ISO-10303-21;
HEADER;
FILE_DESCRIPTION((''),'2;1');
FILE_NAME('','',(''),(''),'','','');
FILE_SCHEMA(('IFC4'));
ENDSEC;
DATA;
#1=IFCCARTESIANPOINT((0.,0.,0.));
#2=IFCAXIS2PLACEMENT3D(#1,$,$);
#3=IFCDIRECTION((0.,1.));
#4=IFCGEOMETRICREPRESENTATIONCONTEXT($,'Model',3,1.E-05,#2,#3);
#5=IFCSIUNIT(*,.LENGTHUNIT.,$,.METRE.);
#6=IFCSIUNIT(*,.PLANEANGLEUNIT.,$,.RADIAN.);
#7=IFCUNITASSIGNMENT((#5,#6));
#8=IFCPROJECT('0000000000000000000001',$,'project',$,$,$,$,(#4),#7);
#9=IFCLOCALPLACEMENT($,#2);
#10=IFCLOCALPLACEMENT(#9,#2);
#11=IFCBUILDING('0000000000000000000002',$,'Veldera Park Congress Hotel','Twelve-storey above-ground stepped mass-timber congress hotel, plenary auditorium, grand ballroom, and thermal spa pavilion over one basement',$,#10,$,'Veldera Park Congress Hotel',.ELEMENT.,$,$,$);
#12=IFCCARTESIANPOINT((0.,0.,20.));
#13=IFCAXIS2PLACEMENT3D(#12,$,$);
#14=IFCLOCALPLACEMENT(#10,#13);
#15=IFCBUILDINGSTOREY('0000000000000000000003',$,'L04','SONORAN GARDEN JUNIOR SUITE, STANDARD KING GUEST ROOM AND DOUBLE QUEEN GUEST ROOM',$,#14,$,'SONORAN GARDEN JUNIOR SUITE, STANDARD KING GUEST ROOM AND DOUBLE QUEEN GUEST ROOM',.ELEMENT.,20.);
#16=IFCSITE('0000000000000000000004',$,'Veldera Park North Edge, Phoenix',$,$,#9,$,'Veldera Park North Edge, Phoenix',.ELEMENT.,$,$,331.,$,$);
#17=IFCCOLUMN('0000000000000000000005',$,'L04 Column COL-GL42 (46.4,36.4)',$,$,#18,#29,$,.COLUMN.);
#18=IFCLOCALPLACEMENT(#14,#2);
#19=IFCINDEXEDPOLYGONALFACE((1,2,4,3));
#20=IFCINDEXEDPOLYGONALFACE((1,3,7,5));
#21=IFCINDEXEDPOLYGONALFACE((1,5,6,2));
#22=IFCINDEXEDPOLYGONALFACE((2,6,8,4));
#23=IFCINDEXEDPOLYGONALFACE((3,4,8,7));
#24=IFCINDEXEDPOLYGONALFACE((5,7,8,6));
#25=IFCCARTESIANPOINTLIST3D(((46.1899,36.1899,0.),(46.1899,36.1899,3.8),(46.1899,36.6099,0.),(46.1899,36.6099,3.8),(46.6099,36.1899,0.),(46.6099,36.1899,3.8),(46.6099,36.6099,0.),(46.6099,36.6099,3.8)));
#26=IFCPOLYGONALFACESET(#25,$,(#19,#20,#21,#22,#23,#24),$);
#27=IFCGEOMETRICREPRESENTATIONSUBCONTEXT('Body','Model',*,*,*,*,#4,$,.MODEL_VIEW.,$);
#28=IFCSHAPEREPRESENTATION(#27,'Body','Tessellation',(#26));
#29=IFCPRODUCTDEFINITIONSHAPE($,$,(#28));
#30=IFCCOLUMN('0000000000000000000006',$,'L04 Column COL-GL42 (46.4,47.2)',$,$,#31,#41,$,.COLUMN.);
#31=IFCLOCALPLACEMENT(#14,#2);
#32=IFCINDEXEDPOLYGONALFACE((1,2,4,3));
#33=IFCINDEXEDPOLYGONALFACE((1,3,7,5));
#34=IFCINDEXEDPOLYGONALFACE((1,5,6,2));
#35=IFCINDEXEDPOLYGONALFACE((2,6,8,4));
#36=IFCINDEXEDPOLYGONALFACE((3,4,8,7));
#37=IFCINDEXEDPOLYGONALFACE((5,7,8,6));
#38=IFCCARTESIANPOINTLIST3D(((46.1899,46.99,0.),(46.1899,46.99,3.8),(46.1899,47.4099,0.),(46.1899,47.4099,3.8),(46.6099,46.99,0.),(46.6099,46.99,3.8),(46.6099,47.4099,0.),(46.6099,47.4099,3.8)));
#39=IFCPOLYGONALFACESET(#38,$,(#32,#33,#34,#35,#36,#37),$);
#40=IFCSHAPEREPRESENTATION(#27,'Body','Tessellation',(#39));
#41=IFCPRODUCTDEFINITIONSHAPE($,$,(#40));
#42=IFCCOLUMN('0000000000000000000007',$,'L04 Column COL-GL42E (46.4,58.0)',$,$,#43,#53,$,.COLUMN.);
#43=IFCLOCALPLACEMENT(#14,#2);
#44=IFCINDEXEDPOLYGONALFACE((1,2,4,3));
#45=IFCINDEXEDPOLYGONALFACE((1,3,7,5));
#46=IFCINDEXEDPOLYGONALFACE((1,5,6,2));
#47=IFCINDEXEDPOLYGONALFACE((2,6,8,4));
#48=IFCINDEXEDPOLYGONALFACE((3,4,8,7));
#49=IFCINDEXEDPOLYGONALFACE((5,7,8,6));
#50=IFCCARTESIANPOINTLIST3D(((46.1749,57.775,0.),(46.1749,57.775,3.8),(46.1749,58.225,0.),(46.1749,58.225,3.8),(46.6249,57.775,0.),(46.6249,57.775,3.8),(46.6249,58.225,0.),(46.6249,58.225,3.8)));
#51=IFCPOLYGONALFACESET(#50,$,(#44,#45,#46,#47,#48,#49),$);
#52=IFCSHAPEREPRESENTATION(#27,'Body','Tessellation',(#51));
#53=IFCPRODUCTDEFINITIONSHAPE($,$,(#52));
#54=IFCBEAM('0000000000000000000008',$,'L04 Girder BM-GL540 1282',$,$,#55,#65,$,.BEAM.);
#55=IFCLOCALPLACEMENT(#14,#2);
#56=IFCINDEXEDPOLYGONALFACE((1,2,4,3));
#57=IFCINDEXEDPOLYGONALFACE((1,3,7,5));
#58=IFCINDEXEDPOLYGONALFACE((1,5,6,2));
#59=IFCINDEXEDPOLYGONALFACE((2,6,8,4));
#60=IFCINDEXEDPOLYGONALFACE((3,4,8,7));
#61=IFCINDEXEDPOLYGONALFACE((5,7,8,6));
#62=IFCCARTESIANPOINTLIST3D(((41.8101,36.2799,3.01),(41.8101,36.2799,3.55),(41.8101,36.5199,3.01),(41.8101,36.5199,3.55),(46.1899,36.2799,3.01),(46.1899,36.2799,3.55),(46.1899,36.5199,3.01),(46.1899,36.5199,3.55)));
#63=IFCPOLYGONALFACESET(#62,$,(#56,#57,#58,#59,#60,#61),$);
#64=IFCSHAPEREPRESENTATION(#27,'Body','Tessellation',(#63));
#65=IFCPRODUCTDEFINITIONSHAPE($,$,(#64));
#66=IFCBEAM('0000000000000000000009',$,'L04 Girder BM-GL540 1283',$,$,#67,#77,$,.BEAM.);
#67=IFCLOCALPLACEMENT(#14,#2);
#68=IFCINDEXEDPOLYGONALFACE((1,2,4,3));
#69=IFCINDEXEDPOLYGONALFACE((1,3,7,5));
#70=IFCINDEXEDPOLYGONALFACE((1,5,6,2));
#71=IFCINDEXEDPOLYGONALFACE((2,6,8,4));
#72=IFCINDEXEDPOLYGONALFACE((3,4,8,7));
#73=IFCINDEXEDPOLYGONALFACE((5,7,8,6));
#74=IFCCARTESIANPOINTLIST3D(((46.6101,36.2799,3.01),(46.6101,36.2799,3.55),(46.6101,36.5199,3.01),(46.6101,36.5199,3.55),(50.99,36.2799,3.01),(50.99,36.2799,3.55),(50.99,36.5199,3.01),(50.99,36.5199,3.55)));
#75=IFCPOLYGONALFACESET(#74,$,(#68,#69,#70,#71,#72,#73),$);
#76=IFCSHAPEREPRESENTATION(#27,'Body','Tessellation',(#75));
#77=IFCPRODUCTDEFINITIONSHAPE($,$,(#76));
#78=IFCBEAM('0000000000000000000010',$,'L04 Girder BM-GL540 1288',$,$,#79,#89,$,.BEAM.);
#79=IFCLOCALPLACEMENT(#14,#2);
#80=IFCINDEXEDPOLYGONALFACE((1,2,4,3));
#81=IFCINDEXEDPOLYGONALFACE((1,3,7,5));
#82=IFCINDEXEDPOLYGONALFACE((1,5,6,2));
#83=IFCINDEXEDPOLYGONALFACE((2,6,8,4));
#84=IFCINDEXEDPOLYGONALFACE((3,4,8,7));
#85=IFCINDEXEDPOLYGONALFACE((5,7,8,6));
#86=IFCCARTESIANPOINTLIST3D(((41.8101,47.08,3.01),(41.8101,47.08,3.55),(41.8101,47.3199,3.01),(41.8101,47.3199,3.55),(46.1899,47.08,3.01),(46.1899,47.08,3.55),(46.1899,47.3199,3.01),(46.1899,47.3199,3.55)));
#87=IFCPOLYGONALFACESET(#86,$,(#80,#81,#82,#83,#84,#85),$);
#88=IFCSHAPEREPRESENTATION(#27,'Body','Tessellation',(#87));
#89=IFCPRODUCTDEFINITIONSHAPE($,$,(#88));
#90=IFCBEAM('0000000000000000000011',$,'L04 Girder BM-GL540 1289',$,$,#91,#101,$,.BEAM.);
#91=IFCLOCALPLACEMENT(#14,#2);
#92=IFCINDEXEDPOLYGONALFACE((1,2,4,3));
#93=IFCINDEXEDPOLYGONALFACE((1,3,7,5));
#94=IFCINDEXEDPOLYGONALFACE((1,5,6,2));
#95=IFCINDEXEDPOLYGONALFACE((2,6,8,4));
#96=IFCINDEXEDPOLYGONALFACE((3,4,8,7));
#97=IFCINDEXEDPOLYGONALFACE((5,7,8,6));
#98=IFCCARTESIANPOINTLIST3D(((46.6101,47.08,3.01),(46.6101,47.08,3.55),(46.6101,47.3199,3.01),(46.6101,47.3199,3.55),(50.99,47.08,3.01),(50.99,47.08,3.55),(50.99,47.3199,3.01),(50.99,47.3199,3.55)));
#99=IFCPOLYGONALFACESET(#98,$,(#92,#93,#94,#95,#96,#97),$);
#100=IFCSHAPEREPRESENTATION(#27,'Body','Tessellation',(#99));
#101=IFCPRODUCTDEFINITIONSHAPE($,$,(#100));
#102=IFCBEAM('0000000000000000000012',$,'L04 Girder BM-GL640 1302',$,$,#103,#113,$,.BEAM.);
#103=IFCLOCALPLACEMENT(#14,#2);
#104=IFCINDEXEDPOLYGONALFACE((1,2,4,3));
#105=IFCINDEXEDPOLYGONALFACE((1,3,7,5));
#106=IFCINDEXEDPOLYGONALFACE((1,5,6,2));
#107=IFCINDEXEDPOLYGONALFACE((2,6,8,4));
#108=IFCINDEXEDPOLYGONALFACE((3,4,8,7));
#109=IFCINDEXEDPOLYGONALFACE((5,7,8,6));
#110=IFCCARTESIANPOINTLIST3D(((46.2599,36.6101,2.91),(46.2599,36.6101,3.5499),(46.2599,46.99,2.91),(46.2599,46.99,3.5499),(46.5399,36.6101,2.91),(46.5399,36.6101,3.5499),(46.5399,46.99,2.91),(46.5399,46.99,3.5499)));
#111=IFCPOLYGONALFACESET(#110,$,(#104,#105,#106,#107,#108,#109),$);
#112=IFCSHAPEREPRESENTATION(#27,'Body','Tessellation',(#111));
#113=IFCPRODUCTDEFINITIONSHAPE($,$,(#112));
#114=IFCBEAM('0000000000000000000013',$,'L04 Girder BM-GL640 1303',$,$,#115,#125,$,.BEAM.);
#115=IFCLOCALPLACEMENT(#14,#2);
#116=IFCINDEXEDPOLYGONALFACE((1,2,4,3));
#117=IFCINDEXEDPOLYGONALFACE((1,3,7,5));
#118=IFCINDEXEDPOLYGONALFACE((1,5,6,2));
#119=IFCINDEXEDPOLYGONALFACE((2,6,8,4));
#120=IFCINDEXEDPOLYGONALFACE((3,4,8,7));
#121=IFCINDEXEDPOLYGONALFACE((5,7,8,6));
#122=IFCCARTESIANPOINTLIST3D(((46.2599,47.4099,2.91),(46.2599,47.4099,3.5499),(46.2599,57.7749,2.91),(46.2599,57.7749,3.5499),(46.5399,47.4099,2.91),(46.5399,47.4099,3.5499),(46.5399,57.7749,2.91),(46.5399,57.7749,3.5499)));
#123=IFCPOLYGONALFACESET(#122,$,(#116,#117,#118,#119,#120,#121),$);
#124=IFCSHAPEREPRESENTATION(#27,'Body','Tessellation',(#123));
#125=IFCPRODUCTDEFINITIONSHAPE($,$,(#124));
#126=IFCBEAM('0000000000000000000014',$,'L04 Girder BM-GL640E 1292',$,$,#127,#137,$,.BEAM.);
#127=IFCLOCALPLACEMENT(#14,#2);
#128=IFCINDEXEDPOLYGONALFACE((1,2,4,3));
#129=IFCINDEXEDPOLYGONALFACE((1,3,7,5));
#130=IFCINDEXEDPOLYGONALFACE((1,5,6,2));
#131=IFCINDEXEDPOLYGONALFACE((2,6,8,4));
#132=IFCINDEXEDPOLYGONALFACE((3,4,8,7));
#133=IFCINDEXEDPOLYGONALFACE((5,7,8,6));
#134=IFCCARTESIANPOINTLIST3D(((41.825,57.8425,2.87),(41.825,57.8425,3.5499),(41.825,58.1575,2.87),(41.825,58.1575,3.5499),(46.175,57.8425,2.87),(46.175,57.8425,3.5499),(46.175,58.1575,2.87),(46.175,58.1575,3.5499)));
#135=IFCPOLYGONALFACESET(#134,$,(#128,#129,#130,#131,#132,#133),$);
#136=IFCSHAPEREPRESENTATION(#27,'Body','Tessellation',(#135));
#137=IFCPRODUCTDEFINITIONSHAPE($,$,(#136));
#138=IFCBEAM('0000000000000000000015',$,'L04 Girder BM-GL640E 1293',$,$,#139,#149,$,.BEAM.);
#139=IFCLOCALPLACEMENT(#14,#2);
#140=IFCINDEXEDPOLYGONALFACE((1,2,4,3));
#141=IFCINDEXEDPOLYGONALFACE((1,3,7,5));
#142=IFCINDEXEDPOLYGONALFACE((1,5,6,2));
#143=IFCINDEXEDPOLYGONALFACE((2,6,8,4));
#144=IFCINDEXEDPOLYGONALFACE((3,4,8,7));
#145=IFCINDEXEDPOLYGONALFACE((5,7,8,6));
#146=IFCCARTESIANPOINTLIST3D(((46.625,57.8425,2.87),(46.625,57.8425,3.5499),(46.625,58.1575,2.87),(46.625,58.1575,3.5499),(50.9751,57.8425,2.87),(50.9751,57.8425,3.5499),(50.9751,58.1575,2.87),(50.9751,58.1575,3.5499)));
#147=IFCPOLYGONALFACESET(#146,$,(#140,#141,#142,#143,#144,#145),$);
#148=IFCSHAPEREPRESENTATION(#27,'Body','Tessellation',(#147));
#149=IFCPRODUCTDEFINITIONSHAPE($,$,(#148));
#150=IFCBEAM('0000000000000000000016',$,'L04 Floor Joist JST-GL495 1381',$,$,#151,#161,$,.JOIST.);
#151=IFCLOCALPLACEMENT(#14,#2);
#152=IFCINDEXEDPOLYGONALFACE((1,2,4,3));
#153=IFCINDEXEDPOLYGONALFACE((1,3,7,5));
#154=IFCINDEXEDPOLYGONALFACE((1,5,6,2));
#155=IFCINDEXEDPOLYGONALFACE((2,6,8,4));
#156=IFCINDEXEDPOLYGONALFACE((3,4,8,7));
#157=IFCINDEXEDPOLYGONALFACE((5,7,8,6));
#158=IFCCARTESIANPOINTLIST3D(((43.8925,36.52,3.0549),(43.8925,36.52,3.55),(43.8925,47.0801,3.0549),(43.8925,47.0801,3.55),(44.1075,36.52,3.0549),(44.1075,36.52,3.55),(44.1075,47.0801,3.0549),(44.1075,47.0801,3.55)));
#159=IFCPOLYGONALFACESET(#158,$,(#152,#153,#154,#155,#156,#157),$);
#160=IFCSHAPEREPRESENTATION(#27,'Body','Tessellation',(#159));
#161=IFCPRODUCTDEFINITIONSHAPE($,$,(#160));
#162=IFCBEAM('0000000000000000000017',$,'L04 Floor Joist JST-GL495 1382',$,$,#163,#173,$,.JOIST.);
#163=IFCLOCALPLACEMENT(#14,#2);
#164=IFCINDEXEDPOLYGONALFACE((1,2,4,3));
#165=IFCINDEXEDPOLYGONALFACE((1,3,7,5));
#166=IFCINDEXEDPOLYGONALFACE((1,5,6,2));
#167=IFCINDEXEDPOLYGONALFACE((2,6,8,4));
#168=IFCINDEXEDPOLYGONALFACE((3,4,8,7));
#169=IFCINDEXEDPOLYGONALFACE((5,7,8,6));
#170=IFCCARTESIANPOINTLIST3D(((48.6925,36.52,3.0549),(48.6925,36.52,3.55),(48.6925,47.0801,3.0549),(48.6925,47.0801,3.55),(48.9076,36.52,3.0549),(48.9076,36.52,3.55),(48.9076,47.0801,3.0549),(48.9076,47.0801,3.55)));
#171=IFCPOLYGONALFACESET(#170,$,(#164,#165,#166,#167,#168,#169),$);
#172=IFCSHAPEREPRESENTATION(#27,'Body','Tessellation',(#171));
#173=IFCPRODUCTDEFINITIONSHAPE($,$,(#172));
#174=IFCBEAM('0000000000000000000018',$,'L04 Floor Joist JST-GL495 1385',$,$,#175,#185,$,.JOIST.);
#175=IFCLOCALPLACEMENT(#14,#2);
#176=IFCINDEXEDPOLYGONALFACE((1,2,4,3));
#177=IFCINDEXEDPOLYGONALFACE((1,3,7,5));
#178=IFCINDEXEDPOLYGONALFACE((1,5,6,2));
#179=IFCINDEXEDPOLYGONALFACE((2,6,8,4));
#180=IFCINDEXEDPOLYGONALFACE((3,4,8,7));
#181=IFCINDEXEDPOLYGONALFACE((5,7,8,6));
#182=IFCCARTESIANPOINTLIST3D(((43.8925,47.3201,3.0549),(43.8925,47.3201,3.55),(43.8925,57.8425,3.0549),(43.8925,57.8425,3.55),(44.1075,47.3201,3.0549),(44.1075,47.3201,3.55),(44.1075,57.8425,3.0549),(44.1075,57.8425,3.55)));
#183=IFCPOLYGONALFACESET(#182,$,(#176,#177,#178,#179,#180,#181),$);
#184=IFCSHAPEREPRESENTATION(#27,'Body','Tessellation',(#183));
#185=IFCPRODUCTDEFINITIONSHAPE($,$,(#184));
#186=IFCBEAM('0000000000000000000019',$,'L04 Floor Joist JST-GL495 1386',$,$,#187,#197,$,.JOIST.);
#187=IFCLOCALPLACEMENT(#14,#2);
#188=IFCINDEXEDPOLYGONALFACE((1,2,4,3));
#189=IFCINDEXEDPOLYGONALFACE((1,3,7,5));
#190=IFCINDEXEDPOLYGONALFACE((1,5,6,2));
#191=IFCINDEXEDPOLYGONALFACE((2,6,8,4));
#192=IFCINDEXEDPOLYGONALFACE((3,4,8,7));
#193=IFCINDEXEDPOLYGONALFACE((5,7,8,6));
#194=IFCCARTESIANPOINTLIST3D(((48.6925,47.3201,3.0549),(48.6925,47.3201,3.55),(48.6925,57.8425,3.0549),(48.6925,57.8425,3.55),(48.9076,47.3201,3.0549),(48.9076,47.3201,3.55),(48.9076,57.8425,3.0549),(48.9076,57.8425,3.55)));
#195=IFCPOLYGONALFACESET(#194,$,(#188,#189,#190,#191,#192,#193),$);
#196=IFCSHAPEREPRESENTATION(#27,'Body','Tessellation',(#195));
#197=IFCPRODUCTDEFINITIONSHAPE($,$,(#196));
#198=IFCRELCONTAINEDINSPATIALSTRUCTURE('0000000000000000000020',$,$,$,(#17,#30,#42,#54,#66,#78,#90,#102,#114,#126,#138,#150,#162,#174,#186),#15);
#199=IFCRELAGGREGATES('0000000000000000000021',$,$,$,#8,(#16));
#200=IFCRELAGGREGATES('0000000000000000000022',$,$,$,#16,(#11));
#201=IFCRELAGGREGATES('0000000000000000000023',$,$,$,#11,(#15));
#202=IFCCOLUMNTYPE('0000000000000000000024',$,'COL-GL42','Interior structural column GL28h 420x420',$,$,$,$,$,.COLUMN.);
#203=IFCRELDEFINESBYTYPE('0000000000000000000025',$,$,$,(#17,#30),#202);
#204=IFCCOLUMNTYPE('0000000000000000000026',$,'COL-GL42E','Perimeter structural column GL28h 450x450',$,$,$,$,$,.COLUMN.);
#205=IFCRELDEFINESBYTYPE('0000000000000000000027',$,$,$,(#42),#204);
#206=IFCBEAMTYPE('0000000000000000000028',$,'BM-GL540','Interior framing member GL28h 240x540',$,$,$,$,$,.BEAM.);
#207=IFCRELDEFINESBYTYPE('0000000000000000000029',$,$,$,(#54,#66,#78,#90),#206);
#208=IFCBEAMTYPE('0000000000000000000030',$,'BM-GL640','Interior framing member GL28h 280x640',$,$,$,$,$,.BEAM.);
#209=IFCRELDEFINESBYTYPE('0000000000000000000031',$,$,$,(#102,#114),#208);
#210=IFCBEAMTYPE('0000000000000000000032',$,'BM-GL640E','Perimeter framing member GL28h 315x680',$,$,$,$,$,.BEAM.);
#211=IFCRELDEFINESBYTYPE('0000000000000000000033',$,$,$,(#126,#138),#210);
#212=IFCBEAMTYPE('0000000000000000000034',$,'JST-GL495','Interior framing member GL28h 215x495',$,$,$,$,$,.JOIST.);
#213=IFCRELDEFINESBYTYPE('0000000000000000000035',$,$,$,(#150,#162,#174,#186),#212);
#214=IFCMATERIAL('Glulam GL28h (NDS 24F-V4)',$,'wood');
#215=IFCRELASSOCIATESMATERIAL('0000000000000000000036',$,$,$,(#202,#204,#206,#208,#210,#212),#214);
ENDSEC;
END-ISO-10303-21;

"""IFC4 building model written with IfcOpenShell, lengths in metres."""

from ifc_helpers import new_model, si_unit, direction, frame, origin, origin_2d, place, context, subcontext, project, spatial, rectangle, extrude, material, material_profile, profile_set, type_object, element, save


model = new_model("IFC4")

# Units and contexts
model_context = context("Model", 3, precision=1e-05, world=origin(), true_north=direction((0.0, 1.0)))
body_context = subcontext(model_context, "Body", "Model", "MODEL_VIEW")
ifc_project = project(units=[si_unit("LENGTHUNIT", "METRE"), si_unit("PLANEANGLEUNIT", "RADIAN")], contexts=[model_context])

# Site, building, storey
site_placement = place(None, origin())
site = spatial("IfcSite", under=ifc_project, at=site_placement, Name="Veldera Park North Edge, Phoenix", LongName="Veldera Park North Edge, Phoenix", CompositionType="ELEMENT", RefElevation=331.0)
building_placement = place(site_placement, origin())
building = spatial("IfcBuilding", under=site, at=building_placement, Name="Veldera Park Congress Hotel", Description="Twelve-storey above-ground stepped mass-timber congress hotel, plenary auditorium, grand ballroom, and thermal spa pavilion over one basement", LongName="Veldera Park Congress Hotel", CompositionType="ELEMENT")
storey_placement = place(building_placement, frame((0.0, 0.0, 20.0)))
storey = spatial("IfcBuildingStorey", under=building, at=storey_placement, Name="L04", Description="SONORAN GARDEN JUNIOR SUITE, STANDARD KING GUEST ROOM AND DOUBLE QUEEN GUEST ROOM", LongName="SONORAN GARDEN JUNIOR SUITE, STANDARD KING GUEST ROOM AND DOUBLE QUEEN GUEST ROOM", CompositionType="ELEMENT", Elevation=20.0)

# Columns
ifc_material_1 = material(Name="Glulam GL28h (NDS 24F-V4)", Category="wood")
ifc_material_profile_1 = material_profile(ifc_material_1, rectangle(XDim=0.4199, YDim=0.4199, at=origin_2d()), Name="GL28h 420x420")
ifc_profile_set_1 = profile_set([ifc_material_profile_1], Name="Glulam GL28h (NDS 24F-V4)")
column_type_1 = type_object("IfcColumnType", Name="COL-GL42", Description="Interior structural column GL28h 420x420", PredefinedType="COLUMN", material=ifc_profile_set_1)
for number, where, z_axis, x_axis, name in (
    (1, (46.3999, 36.3999, 0.0), (0.0, 0.0, 1.0), (1.0, 0.0, 0.0), "L04 Column COL-GL42 (46.4,36.4)"),
    (2, (46.3999, 47.2, 0.0), (0.0, 0.0, 1.0), (1.0, 0.0, 0.0), "L04 Column COL-GL42 (46.4,47.2)"),
):
    element("IfcColumn", number, at=place(storey_placement, frame(where, z_axis=z_axis, x_axis=x_axis)), inside=storey, type_object=column_type_1, Name=name, PredefinedType="COLUMN", context=body_context, shape_type="SweptSolid", body=[
        extrude(rectangle(XDim=0.4199, YDim=0.4199, at=origin_2d()), origin(), (0.0, 0.0, 1.0), 3.8),
    ])
ifc_material_profile_2 = material_profile(ifc_material_1, rectangle(XDim=0.45, YDim=0.45, at=origin_2d()), Name="GL28h 450x450")
ifc_profile_set_2 = profile_set([ifc_material_profile_2], Name="Glulam GL28h (NDS 24F-V4)")
column_type_2 = type_object("IfcColumnType", Name="COL-GL42E", Description="Perimeter structural column GL28h 450x450", PredefinedType="COLUMN", material=ifc_profile_set_2)
column_placement = place(storey_placement, frame((46.3999, 58.0, 0.0), z_axis=(0.0, 0.0, 1.0), x_axis=(1.0, 0.0, 0.0)))
element("IfcColumn", 3, at=column_placement, inside=storey, type_object=column_type_2, Name="L04 Column COL-GL42E (46.4,58.0)", PredefinedType="COLUMN", context=body_context, shape_type="SweptSolid", body=[
    extrude(rectangle(XDim=0.45, YDim=0.45, at=origin_2d()), origin(), (0.0, 0.0, 1.0), 3.8),
])

# Beams
ifc_material_profile_3 = material_profile(ifc_material_1, rectangle(XDim=0.24, YDim=0.54, at=origin_2d()), Name="GL28h 240x540")
ifc_profile_set_3 = profile_set([ifc_material_profile_3], Name="Glulam GL28h (NDS 24F-V4)")
beam_type_1 = type_object("IfcBeamType", Name="BM-GL540", Description="Interior framing member GL28h 240x540", PredefinedType="BEAM", material=ifc_profile_set_3)
for number, where, z_axis, x_axis, name in (
    (4, (41.8101, 36.3999, 3.28), (1.0, 0.0, 0.0), (0.0, 1.0, 0.0), "L04 Girder BM-GL540 1282"),
    (5, (46.6101, 36.3999, 3.28), (1.0, 0.0, 0.0), (0.0, 1.0, 0.0), "L04 Girder BM-GL540 1283"),
    (6, (41.8101, 47.2, 3.28), (1.0, 0.0, 0.0), (0.0, 1.0, 0.0), "L04 Girder BM-GL540 1288"),
    (7, (46.6101, 47.2, 3.28), (1.0, 0.0, 0.0), (0.0, 1.0, 0.0), "L04 Girder BM-GL540 1289"),
):
    element("IfcBeam", number, at=place(storey_placement, frame(where, z_axis=z_axis, x_axis=x_axis)), inside=storey, type_object=beam_type_1, Name=name, PredefinedType="BEAM", context=body_context, shape_type="SweptSolid", body=[
        extrude(rectangle(XDim=0.24, YDim=0.54, at=origin_2d()), origin(), (0.0, 0.0, 1.0), 4.3799),
    ])
ifc_material_profile_4 = material_profile(ifc_material_1, rectangle(XDim=0.28, YDim=0.6399, at=origin_2d()), Name="GL28h 280x640")
ifc_profile_set_4 = profile_set([ifc_material_profile_4], Name="Glulam GL28h (NDS 24F-V4)")
beam_type_2 = type_object("IfcBeamType", Name="BM-GL640", Description="Interior framing member GL28h 280x640", PredefinedType="BEAM", material=ifc_profile_set_4)
beam_1_placement = place(storey_placement, frame((46.3999, 36.6101, 3.23), z_axis=(0.0, 1.0, 0.0), x_axis=(-1.0, 0.0, 0.0)))
element("IfcBeam", 8, at=beam_1_placement, inside=storey, type_object=beam_type_2, Name="L04 Girder BM-GL640 1302", PredefinedType="BEAM", context=body_context, shape_type="SweptSolid", body=[
    extrude(rectangle(XDim=0.28, YDim=0.6399, at=origin_2d()), origin(), (0.0, 0.0, 1.0), 10.3799),
])
beam_2_placement = place(storey_placement, frame((46.3999, 47.4099, 3.23), z_axis=(0.0, 1.0, 0.0), x_axis=(-1.0, 0.0, 0.0)))
element("IfcBeam", 9, at=beam_2_placement, inside=storey, type_object=beam_type_2, Name="L04 Girder BM-GL640 1303", PredefinedType="BEAM", context=body_context, shape_type="SweptSolid", body=[
    extrude(rectangle(XDim=0.28, YDim=0.6399, at=origin_2d()), origin(), (0.0, 0.0, 1.0), 10.365),
])
ifc_material_profile_5 = material_profile(ifc_material_1, rectangle(XDim=0.3149, YDim=0.6799, at=origin_2d()), Name="GL28h 315x680")
ifc_profile_set_5 = profile_set([ifc_material_profile_5], Name="Glulam GL28h (NDS 24F-V4)")
beam_type_3 = type_object("IfcBeamType", Name="BM-GL640E", Description="Perimeter framing member GL28h 315x680", PredefinedType="BEAM", material=ifc_profile_set_5)
for number, where, z_axis, x_axis, name in (
    (10, (41.825, 58.0, 3.21), (1.0, 0.0, 0.0), (0.0, 1.0, 0.0), "L04 Girder BM-GL640E 1292"),
    (11, (46.625, 58.0, 3.21), (1.0, 0.0, 0.0), (0.0, 1.0, 0.0), "L04 Girder BM-GL640E 1293"),
):
    element("IfcBeam", number, at=place(storey_placement, frame(where, z_axis=z_axis, x_axis=x_axis)), inside=storey, type_object=beam_type_3, Name=name, PredefinedType="BEAM", context=body_context, shape_type="SweptSolid", body=[
        extrude(rectangle(XDim=0.3149, YDim=0.6799, at=origin_2d()), origin(), (0.0, 0.0, 1.0), 4.3501),
    ])
ifc_material_profile_6 = material_profile(ifc_material_1, rectangle(XDim=0.2151, YDim=0.4951, at=origin_2d()), Name="GL28h 215x495")
ifc_profile_set_6 = profile_set([ifc_material_profile_6], Name="Glulam GL28h (NDS 24F-V4)")
beam_type_4 = type_object("IfcBeamType", Name="JST-GL495", Description="Interior framing member GL28h 215x495", PredefinedType="JOIST", material=ifc_profile_set_6)
for number, where, z_axis, x_axis, name in (
    (12, (44.0, 36.52, 3.3025), (0.0, 1.0, 0.0), (-1.0, 0.0, 0.0), "L04 Floor Joist JST-GL495 1381"),
    (13, (48.8, 36.52, 3.3025), (0.0, 1.0, 0.0), (-1.0, 0.0, 0.0), "L04 Floor Joist JST-GL495 1382"),
):
    element("IfcBeam", number, at=place(storey_placement, frame(where, z_axis=z_axis, x_axis=x_axis)), inside=storey, type_object=beam_type_4, Name=name, PredefinedType="JOIST", context=body_context, shape_type="SweptSolid", body=[
        extrude(rectangle(XDim=0.2151, YDim=0.4951, at=origin_2d()), origin(), (0.0, 0.0, 1.0), 10.5601),
    ])
for number, where, z_axis, x_axis, name in (
    (14, (44.0, 47.3201, 3.3025), (0.0, 1.0, 0.0), (-1.0, 0.0, 0.0), "L04 Floor Joist JST-GL495 1385"),
    (15, (48.8, 47.3201, 3.3025), (0.0, 1.0, 0.0), (-1.0, 0.0, 0.0), "L04 Floor Joist JST-GL495 1386"),
):
    element("IfcBeam", number, at=place(storey_placement, frame(where, z_axis=z_axis, x_axis=x_axis)), inside=storey, type_object=beam_type_4, Name=name, PredefinedType="JOIST", context=body_context, shape_type="SweptSolid", body=[
        extrude(rectangle(XDim=0.2151, YDim=0.4951, at=origin_2d()), origin(), (0.0, 0.0, 1.0), 10.5225),
    ])

save(model, "model.ifc")
